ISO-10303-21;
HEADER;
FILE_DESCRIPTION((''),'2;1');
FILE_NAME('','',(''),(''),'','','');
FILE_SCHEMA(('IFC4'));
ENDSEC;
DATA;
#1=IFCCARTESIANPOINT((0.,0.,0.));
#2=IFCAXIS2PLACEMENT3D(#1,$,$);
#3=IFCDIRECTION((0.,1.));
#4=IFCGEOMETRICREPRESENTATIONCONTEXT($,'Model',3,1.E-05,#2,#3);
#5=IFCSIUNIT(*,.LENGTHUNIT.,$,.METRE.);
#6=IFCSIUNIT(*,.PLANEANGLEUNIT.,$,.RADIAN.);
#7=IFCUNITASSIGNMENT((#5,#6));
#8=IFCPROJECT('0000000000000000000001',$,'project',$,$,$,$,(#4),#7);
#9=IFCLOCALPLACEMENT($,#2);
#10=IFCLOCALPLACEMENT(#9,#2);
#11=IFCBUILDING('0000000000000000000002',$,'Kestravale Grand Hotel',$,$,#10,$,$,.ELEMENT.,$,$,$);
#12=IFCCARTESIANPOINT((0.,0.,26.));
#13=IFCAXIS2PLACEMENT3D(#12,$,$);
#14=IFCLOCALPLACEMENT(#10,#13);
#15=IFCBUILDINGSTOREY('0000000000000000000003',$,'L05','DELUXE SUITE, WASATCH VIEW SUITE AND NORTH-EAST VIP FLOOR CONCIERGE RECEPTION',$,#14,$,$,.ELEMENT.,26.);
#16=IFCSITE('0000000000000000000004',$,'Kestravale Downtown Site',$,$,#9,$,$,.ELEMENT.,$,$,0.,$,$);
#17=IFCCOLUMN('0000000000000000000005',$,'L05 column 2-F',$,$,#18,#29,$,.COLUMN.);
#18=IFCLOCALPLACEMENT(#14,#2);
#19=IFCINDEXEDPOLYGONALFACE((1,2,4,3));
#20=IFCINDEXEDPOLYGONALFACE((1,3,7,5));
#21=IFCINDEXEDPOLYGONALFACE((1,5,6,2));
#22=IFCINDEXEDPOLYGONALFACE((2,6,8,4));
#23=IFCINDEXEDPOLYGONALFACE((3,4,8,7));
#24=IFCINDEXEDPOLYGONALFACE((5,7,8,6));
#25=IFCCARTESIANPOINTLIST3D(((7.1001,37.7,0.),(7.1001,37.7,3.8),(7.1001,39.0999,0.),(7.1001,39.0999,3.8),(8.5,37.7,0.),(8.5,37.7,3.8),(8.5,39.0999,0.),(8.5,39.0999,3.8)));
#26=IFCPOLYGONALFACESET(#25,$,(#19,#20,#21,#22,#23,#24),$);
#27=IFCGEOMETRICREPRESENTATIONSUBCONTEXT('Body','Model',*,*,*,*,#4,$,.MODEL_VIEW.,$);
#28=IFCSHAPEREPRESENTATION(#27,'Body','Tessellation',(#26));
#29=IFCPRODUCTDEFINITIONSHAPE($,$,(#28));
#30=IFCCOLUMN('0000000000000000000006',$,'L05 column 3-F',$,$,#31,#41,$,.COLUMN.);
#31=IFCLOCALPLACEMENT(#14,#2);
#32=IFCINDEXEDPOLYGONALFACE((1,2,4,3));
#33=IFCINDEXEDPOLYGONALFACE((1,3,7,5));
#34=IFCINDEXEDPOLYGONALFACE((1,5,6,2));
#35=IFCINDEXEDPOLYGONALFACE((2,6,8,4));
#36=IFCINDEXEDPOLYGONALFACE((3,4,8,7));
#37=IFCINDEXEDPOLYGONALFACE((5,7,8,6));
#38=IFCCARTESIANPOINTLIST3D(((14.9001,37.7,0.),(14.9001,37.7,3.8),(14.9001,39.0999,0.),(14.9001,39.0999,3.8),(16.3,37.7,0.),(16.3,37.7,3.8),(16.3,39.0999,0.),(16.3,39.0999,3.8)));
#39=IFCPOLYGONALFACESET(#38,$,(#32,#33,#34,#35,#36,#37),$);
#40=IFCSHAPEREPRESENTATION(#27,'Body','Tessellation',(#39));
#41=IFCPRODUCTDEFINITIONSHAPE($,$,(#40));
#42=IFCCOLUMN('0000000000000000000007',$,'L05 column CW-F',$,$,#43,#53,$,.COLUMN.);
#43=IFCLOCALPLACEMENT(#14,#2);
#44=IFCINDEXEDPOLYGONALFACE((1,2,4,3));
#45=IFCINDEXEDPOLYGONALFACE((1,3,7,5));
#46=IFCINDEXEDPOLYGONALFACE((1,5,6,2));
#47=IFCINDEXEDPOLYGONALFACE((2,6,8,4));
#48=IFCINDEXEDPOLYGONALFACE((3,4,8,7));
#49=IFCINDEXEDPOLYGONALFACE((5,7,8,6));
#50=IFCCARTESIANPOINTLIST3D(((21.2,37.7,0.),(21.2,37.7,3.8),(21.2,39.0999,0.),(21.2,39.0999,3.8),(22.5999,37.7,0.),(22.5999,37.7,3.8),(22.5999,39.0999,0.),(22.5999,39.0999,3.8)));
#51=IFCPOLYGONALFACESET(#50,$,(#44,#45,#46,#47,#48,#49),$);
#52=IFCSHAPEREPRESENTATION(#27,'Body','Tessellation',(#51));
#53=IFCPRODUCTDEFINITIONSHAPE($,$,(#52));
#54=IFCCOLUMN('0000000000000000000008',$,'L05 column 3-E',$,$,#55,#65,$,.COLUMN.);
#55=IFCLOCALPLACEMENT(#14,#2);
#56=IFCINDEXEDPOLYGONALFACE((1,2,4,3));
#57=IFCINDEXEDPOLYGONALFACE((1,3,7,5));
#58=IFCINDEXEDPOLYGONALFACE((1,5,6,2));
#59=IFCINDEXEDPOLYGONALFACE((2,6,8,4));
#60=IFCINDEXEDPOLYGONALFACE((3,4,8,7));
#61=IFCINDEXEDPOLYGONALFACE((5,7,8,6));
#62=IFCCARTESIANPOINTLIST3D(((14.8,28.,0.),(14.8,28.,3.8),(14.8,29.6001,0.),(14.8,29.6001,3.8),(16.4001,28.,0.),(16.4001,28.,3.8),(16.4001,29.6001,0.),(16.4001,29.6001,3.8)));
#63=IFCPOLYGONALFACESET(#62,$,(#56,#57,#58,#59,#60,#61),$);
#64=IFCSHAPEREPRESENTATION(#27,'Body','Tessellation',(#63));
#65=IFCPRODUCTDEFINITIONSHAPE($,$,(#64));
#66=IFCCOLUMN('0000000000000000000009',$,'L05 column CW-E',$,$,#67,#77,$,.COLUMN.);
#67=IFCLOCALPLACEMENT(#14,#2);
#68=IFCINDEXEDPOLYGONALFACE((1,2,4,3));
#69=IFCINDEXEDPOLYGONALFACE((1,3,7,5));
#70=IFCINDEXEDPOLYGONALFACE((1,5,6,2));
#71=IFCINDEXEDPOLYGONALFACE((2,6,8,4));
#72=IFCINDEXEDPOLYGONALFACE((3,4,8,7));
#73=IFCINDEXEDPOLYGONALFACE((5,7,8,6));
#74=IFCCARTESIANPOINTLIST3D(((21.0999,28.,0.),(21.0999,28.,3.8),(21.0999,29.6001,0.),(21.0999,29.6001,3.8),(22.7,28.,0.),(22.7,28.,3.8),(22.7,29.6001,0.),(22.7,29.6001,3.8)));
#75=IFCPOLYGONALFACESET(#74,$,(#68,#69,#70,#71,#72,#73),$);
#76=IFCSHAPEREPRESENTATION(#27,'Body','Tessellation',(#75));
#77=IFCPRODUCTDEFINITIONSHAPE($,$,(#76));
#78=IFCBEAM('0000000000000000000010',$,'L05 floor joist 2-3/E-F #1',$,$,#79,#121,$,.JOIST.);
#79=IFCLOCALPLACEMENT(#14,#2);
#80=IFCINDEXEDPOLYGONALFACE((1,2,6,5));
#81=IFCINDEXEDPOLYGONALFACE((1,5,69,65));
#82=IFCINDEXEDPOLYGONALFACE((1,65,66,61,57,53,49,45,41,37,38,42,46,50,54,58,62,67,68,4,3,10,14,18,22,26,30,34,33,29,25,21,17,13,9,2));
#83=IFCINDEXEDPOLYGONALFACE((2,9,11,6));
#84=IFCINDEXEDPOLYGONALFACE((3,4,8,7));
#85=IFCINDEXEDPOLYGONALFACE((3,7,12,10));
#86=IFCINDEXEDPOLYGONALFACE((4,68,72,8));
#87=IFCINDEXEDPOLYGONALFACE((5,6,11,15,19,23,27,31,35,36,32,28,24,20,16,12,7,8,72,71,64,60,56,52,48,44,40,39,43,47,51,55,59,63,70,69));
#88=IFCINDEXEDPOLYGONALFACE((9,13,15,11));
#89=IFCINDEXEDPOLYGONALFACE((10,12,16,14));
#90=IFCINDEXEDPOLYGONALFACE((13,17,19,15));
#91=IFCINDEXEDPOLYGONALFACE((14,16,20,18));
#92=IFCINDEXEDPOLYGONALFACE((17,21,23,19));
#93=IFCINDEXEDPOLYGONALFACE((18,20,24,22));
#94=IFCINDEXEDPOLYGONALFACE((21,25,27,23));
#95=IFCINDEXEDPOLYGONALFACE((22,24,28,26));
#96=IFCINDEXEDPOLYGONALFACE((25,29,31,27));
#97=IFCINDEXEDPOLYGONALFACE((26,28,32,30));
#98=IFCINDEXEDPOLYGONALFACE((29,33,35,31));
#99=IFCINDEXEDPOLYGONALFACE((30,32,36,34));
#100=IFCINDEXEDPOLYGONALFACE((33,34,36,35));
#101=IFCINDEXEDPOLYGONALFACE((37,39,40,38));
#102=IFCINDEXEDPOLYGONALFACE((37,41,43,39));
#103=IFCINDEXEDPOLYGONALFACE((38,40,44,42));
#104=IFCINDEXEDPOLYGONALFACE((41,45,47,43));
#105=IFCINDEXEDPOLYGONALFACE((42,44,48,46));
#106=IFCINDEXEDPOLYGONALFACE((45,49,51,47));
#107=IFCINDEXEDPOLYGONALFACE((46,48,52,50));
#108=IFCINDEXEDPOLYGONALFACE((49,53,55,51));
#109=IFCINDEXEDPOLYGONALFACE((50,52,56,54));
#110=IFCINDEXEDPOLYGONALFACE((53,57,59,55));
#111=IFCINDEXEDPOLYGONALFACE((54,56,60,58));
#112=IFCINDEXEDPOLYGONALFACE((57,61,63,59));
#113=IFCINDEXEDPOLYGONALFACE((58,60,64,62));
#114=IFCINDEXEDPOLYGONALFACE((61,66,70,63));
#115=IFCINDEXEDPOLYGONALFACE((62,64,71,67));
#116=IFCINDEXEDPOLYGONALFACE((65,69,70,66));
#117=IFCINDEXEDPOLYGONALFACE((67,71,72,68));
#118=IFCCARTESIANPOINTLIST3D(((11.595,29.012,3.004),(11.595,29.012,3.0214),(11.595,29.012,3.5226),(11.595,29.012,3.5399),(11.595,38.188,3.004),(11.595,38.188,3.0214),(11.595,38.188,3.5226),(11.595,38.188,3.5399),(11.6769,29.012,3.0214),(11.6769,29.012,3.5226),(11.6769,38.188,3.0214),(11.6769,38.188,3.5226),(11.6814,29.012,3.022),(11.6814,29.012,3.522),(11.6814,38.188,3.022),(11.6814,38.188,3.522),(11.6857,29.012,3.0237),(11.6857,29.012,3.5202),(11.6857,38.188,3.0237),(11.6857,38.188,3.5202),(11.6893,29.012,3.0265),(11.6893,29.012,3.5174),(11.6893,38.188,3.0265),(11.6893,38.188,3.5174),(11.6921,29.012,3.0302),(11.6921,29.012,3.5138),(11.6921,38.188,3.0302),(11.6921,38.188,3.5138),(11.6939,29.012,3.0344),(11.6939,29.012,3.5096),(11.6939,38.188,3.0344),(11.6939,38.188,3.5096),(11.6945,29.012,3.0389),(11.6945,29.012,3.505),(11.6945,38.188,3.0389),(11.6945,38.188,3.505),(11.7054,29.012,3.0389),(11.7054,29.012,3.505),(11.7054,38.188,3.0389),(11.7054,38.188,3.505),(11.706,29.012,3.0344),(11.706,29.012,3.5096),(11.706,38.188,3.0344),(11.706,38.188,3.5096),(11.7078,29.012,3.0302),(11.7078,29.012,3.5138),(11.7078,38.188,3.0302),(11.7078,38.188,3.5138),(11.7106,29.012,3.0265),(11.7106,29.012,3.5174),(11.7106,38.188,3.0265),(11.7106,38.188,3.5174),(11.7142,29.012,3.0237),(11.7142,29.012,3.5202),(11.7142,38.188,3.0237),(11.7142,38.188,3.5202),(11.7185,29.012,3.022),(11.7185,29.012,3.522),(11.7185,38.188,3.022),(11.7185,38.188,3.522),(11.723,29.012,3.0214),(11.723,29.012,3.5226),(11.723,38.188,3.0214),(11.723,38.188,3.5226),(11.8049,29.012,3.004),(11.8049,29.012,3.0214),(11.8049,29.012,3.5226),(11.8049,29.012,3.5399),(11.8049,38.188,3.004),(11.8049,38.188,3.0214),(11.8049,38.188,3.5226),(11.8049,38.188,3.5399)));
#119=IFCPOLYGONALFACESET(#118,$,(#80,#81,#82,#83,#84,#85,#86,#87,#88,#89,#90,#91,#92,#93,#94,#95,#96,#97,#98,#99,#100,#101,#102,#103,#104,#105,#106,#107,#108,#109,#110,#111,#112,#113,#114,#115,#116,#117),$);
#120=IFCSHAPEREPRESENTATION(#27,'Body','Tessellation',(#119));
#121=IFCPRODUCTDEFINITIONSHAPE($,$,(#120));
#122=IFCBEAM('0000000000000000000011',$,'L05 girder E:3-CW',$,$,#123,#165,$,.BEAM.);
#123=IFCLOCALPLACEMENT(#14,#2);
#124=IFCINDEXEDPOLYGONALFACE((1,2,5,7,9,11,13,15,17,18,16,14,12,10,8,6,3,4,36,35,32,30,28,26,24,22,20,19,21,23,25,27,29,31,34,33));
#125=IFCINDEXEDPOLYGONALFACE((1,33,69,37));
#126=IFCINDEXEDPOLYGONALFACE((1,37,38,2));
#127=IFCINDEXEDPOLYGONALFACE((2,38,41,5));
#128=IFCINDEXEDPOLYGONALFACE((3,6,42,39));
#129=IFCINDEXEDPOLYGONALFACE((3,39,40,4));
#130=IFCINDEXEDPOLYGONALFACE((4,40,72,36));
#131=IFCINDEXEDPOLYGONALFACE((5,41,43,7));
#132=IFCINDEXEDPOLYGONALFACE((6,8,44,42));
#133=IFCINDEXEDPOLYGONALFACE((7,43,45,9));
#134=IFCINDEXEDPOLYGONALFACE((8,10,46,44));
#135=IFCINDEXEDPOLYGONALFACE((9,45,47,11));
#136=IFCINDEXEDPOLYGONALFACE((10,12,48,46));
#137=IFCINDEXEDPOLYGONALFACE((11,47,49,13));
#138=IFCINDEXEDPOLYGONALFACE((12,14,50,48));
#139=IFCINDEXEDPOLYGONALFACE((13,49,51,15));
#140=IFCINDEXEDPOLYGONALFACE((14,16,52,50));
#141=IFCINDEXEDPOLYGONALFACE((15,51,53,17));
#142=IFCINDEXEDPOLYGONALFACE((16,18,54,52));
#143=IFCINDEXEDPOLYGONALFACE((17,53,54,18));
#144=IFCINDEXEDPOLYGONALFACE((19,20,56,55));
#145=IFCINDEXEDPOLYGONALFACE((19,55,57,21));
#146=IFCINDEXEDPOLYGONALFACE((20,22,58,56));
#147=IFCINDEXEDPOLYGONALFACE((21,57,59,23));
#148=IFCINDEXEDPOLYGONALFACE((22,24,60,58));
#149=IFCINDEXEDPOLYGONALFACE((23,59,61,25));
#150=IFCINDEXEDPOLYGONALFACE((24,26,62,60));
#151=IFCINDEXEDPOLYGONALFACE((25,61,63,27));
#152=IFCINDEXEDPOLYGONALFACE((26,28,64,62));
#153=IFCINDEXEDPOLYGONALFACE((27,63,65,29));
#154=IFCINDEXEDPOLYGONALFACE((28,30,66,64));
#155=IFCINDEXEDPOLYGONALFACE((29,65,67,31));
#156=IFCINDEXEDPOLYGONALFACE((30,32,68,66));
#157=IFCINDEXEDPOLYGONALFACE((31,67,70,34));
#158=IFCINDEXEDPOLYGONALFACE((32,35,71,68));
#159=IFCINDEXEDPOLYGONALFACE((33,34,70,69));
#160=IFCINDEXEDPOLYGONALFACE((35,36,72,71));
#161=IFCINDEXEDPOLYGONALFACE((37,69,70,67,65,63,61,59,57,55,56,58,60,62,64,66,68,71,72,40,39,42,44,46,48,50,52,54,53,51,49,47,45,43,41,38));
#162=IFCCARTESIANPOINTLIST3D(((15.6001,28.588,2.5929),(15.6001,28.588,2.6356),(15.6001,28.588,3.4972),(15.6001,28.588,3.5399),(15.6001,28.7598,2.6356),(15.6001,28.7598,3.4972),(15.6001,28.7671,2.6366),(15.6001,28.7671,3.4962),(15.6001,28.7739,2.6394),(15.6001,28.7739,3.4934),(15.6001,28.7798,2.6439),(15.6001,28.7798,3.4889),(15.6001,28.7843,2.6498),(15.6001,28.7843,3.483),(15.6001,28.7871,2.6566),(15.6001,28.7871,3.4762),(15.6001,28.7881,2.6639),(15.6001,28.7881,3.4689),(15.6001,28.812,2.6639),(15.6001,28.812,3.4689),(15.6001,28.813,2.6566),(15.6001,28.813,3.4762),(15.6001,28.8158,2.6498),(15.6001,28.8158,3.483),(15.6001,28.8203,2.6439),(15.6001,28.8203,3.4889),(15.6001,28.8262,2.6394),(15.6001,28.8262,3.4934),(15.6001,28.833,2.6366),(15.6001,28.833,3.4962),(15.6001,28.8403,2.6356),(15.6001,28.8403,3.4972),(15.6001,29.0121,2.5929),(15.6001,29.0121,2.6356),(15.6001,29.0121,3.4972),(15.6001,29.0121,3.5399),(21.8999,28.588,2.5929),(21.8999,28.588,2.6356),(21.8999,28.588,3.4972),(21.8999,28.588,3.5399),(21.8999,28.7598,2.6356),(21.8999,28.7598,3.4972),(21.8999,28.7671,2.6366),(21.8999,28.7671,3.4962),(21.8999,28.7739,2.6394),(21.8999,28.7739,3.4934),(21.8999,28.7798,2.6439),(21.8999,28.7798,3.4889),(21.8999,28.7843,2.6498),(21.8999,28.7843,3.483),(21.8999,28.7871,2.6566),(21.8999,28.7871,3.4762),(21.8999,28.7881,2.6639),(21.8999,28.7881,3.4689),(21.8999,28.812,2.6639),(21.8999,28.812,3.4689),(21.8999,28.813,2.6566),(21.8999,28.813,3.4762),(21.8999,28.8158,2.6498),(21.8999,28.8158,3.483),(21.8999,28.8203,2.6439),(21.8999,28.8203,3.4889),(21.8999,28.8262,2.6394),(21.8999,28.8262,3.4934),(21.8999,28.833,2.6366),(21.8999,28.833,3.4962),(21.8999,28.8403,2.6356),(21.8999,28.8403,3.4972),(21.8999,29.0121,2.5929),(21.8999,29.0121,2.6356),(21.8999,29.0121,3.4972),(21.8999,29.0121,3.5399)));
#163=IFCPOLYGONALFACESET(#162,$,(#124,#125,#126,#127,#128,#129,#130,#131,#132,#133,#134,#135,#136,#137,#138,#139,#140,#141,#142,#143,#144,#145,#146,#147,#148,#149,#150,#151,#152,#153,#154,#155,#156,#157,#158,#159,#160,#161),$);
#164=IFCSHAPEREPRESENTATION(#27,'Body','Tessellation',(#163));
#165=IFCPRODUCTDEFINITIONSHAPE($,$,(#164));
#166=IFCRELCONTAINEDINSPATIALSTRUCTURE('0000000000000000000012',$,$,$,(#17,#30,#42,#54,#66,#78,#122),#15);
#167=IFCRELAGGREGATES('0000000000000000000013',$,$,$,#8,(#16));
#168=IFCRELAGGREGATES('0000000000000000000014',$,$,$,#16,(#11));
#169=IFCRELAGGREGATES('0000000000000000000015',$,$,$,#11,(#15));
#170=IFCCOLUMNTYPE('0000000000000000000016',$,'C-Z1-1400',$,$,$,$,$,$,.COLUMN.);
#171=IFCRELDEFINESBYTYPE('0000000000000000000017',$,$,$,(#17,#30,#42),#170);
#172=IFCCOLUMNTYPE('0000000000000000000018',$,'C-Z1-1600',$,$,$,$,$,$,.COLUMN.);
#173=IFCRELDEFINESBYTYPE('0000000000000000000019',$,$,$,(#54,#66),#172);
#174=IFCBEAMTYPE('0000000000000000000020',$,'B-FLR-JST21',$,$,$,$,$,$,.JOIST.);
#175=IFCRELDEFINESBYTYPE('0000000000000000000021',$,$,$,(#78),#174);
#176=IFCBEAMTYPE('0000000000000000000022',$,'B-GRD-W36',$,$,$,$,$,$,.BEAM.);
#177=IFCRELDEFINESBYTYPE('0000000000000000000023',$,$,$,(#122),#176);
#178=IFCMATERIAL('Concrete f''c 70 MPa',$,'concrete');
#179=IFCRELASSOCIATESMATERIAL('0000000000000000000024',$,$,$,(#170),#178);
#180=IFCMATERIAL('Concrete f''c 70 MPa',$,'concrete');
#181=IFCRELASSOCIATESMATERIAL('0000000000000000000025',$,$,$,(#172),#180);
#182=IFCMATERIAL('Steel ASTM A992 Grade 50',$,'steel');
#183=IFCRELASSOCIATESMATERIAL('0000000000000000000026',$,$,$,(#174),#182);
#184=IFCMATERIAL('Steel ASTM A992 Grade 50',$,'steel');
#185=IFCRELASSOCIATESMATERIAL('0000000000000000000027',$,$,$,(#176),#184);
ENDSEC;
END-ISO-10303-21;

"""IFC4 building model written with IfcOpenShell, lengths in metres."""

from ifc_helpers import new_model, si_unit, direction, frame, origin, origin_2d, place, context, subcontext, project, spatial, rectangle, i_section, extrude, material, material_profile, profile_set, type_object, element, save


model = new_model("IFC4")

# Units and contexts
model_context = context("Model", 3, precision=1e-05, world=origin(), true_north=direction((0.0, 1.0)))
body_context = subcontext(model_context, "Body", "Model", "MODEL_VIEW")
ifc_project = project(units=[si_unit("LENGTHUNIT", "METRE"), si_unit("PLANEANGLEUNIT", "RADIAN")], contexts=[model_context])

# Site, building, storey
site_placement = place(None, origin())
site = spatial("IfcSite", under=ifc_project, at=site_placement, Name="Kestravale Downtown Site", CompositionType="ELEMENT", RefElevation=0.0)
building_placement = place(site_placement, origin())
building = spatial("IfcBuilding", under=site, at=building_placement, Name="Kestravale Grand Hotel", CompositionType="ELEMENT")
storey_placement = place(building_placement, frame((0.0, 0.0, 26.0)))
storey = spatial("IfcBuildingStorey", under=building, at=storey_placement, Name="L05", Description="DELUXE SUITE, WASATCH VIEW SUITE AND NORTH-EAST VIP FLOOR CONCIERGE RECEPTION", CompositionType="ELEMENT", Elevation=26.0)

# Columns
ifc_material_1 = material(Name="Concrete f'c 70 MPa", Category="concrete")
ifc_material_profile_1 = material_profile(ifc_material_1, rectangle(XDim=1.3999, YDim=1.3999, at=origin_2d()))
ifc_profile_set_1 = profile_set([ifc_material_profile_1], Name="Concrete f'c 70 MPa")
column_type_1 = type_object("IfcColumnType", Name="C-Z1-1400", PredefinedType="COLUMN", material=ifc_profile_set_1)
for number, where, z_axis, x_axis, name in (
    (1, (7.8, 38.3999, 0.0), (0.0, 0.0, 1.0), (1.0, 0.0, 0.0), "L05 column 2-F"),
    (2, (15.6001, 38.3999, 0.0), (0.0, 0.0, 1.0), (1.0, 0.0, 0.0), "L05 column 3-F"),
    (3, (21.8999, 38.3999, 0.0), (0.0, 0.0, 1.0), (1.0, 0.0, 0.0), "L05 column CW-F"),
):
    element("IfcColumn", number, at=place(storey_placement, frame(where, z_axis=z_axis, x_axis=x_axis)), inside=storey, type_object=column_type_1, Name=name, PredefinedType="COLUMN", context=body_context, shape_type="SweptSolid", body=[
        extrude(rectangle(XDim=1.3999, YDim=1.3999, at=origin_2d()), origin(), (0.0, 0.0, 1.0), 3.8),
    ])
ifc_material_2 = material(Name="Concrete f'c 70 MPa", Category="concrete")
ifc_material_profile_2 = material_profile(ifc_material_2, rectangle(XDim=1.6001, YDim=1.6001, at=origin_2d()))
ifc_profile_set_2 = profile_set([ifc_material_profile_2], Name="Concrete f'c 70 MPa")
column_type_2 = type_object("IfcColumnType", Name="C-Z1-1600", PredefinedType="COLUMN", material=ifc_profile_set_2)
for number, where, z_axis, x_axis, name in (
    (4, (15.6001, 28.8, 0.0), (0.0, 0.0, 1.0), (1.0, 0.0, 0.0), "L05 column 3-E"),
    (5, (21.8999, 28.8, 0.0), (0.0, 0.0, 1.0), (1.0, 0.0, 0.0), "L05 column CW-E"),
):
    element("IfcColumn", number, at=place(storey_placement, frame(where, z_axis=z_axis, x_axis=x_axis)), inside=storey, type_object=column_type_2, Name=name, PredefinedType="COLUMN", context=body_context, shape_type="SweptSolid", body=[
        extrude(rectangle(XDim=1.6001, YDim=1.6001, at=origin_2d()), origin(), (0.0, 0.0, 1.0), 3.8),
    ])

# Beams
ifc_material_3 = material(Name="Steel ASTM A992 Grade 50", Category="steel")
ifc_material_profile_3 = material_profile(ifc_material_3, i_section(OverallWidth=0.21, OverallDepth=0.5359, WebThickness=0.011, FlangeThickness=0.0173, FilletRadius=0.0176, at=origin_2d()))
ifc_profile_set_3 = profile_set([ifc_material_profile_3], Name="Steel ASTM A992 Grade 50")
beam_type_1 = type_object("IfcBeamType", Name="B-FLR-JST21", PredefinedType="JOIST", material=ifc_profile_set_3)
beam_1_placement = place(storey_placement, frame((11.7, 29.012, 3.272), z_axis=(0.0, 1.0, 0.0), x_axis=(-1.0, 0.0, 0.0)))
element("IfcBeam", 6, at=beam_1_placement, inside=storey, type_object=beam_type_1, Name="L05 floor joist 2-3/E-F #1", PredefinedType="JOIST", context=body_context, shape_type="SweptSolid", body=[
    extrude(i_section(OverallWidth=0.21, OverallDepth=0.5359, WebThickness=0.011, FlangeThickness=0.0173, FilletRadius=0.0176, at=origin_2d()), origin(), (0.0, 0.0, 1.0), 9.176),
])
ifc_material_4 = material(Name="Steel ASTM A992 Grade 50", Category="steel")
ifc_material_profile_4 = material_profile(ifc_material_4, i_section(OverallWidth=0.4241, OverallDepth=0.947, WebThickness=0.0239, FlangeThickness=0.0427, FilletRadius=0.0283, at=origin_2d()))
ifc_profile_set_4 = profile_set([ifc_material_profile_4], Name="Steel ASTM A992 Grade 50")
beam_type_2 = type_object("IfcBeamType", Name="B-GRD-W36", PredefinedType="BEAM", material=ifc_profile_set_4)
beam_2_placement = place(storey_placement, frame((15.6001, 28.8, 3.0664), z_axis=(1.0, 0.0, 0.0), x_axis=(0.0, 1.0, 0.0)))
element("IfcBeam", 7, at=beam_2_placement, inside=storey, type_object=beam_type_2, Name="L05 girder E:3-CW", PredefinedType="BEAM", context=body_context, shape_type="SweptSolid", body=[
    extrude(i_section(OverallWidth=0.4241, OverallDepth=0.947, WebThickness=0.0239, FlangeThickness=0.0427, FilletRadius=0.0283, at=origin_2d()), origin(), (0.0, 0.0, 1.0), 6.2998),
])

save(model, "model.ifc")
